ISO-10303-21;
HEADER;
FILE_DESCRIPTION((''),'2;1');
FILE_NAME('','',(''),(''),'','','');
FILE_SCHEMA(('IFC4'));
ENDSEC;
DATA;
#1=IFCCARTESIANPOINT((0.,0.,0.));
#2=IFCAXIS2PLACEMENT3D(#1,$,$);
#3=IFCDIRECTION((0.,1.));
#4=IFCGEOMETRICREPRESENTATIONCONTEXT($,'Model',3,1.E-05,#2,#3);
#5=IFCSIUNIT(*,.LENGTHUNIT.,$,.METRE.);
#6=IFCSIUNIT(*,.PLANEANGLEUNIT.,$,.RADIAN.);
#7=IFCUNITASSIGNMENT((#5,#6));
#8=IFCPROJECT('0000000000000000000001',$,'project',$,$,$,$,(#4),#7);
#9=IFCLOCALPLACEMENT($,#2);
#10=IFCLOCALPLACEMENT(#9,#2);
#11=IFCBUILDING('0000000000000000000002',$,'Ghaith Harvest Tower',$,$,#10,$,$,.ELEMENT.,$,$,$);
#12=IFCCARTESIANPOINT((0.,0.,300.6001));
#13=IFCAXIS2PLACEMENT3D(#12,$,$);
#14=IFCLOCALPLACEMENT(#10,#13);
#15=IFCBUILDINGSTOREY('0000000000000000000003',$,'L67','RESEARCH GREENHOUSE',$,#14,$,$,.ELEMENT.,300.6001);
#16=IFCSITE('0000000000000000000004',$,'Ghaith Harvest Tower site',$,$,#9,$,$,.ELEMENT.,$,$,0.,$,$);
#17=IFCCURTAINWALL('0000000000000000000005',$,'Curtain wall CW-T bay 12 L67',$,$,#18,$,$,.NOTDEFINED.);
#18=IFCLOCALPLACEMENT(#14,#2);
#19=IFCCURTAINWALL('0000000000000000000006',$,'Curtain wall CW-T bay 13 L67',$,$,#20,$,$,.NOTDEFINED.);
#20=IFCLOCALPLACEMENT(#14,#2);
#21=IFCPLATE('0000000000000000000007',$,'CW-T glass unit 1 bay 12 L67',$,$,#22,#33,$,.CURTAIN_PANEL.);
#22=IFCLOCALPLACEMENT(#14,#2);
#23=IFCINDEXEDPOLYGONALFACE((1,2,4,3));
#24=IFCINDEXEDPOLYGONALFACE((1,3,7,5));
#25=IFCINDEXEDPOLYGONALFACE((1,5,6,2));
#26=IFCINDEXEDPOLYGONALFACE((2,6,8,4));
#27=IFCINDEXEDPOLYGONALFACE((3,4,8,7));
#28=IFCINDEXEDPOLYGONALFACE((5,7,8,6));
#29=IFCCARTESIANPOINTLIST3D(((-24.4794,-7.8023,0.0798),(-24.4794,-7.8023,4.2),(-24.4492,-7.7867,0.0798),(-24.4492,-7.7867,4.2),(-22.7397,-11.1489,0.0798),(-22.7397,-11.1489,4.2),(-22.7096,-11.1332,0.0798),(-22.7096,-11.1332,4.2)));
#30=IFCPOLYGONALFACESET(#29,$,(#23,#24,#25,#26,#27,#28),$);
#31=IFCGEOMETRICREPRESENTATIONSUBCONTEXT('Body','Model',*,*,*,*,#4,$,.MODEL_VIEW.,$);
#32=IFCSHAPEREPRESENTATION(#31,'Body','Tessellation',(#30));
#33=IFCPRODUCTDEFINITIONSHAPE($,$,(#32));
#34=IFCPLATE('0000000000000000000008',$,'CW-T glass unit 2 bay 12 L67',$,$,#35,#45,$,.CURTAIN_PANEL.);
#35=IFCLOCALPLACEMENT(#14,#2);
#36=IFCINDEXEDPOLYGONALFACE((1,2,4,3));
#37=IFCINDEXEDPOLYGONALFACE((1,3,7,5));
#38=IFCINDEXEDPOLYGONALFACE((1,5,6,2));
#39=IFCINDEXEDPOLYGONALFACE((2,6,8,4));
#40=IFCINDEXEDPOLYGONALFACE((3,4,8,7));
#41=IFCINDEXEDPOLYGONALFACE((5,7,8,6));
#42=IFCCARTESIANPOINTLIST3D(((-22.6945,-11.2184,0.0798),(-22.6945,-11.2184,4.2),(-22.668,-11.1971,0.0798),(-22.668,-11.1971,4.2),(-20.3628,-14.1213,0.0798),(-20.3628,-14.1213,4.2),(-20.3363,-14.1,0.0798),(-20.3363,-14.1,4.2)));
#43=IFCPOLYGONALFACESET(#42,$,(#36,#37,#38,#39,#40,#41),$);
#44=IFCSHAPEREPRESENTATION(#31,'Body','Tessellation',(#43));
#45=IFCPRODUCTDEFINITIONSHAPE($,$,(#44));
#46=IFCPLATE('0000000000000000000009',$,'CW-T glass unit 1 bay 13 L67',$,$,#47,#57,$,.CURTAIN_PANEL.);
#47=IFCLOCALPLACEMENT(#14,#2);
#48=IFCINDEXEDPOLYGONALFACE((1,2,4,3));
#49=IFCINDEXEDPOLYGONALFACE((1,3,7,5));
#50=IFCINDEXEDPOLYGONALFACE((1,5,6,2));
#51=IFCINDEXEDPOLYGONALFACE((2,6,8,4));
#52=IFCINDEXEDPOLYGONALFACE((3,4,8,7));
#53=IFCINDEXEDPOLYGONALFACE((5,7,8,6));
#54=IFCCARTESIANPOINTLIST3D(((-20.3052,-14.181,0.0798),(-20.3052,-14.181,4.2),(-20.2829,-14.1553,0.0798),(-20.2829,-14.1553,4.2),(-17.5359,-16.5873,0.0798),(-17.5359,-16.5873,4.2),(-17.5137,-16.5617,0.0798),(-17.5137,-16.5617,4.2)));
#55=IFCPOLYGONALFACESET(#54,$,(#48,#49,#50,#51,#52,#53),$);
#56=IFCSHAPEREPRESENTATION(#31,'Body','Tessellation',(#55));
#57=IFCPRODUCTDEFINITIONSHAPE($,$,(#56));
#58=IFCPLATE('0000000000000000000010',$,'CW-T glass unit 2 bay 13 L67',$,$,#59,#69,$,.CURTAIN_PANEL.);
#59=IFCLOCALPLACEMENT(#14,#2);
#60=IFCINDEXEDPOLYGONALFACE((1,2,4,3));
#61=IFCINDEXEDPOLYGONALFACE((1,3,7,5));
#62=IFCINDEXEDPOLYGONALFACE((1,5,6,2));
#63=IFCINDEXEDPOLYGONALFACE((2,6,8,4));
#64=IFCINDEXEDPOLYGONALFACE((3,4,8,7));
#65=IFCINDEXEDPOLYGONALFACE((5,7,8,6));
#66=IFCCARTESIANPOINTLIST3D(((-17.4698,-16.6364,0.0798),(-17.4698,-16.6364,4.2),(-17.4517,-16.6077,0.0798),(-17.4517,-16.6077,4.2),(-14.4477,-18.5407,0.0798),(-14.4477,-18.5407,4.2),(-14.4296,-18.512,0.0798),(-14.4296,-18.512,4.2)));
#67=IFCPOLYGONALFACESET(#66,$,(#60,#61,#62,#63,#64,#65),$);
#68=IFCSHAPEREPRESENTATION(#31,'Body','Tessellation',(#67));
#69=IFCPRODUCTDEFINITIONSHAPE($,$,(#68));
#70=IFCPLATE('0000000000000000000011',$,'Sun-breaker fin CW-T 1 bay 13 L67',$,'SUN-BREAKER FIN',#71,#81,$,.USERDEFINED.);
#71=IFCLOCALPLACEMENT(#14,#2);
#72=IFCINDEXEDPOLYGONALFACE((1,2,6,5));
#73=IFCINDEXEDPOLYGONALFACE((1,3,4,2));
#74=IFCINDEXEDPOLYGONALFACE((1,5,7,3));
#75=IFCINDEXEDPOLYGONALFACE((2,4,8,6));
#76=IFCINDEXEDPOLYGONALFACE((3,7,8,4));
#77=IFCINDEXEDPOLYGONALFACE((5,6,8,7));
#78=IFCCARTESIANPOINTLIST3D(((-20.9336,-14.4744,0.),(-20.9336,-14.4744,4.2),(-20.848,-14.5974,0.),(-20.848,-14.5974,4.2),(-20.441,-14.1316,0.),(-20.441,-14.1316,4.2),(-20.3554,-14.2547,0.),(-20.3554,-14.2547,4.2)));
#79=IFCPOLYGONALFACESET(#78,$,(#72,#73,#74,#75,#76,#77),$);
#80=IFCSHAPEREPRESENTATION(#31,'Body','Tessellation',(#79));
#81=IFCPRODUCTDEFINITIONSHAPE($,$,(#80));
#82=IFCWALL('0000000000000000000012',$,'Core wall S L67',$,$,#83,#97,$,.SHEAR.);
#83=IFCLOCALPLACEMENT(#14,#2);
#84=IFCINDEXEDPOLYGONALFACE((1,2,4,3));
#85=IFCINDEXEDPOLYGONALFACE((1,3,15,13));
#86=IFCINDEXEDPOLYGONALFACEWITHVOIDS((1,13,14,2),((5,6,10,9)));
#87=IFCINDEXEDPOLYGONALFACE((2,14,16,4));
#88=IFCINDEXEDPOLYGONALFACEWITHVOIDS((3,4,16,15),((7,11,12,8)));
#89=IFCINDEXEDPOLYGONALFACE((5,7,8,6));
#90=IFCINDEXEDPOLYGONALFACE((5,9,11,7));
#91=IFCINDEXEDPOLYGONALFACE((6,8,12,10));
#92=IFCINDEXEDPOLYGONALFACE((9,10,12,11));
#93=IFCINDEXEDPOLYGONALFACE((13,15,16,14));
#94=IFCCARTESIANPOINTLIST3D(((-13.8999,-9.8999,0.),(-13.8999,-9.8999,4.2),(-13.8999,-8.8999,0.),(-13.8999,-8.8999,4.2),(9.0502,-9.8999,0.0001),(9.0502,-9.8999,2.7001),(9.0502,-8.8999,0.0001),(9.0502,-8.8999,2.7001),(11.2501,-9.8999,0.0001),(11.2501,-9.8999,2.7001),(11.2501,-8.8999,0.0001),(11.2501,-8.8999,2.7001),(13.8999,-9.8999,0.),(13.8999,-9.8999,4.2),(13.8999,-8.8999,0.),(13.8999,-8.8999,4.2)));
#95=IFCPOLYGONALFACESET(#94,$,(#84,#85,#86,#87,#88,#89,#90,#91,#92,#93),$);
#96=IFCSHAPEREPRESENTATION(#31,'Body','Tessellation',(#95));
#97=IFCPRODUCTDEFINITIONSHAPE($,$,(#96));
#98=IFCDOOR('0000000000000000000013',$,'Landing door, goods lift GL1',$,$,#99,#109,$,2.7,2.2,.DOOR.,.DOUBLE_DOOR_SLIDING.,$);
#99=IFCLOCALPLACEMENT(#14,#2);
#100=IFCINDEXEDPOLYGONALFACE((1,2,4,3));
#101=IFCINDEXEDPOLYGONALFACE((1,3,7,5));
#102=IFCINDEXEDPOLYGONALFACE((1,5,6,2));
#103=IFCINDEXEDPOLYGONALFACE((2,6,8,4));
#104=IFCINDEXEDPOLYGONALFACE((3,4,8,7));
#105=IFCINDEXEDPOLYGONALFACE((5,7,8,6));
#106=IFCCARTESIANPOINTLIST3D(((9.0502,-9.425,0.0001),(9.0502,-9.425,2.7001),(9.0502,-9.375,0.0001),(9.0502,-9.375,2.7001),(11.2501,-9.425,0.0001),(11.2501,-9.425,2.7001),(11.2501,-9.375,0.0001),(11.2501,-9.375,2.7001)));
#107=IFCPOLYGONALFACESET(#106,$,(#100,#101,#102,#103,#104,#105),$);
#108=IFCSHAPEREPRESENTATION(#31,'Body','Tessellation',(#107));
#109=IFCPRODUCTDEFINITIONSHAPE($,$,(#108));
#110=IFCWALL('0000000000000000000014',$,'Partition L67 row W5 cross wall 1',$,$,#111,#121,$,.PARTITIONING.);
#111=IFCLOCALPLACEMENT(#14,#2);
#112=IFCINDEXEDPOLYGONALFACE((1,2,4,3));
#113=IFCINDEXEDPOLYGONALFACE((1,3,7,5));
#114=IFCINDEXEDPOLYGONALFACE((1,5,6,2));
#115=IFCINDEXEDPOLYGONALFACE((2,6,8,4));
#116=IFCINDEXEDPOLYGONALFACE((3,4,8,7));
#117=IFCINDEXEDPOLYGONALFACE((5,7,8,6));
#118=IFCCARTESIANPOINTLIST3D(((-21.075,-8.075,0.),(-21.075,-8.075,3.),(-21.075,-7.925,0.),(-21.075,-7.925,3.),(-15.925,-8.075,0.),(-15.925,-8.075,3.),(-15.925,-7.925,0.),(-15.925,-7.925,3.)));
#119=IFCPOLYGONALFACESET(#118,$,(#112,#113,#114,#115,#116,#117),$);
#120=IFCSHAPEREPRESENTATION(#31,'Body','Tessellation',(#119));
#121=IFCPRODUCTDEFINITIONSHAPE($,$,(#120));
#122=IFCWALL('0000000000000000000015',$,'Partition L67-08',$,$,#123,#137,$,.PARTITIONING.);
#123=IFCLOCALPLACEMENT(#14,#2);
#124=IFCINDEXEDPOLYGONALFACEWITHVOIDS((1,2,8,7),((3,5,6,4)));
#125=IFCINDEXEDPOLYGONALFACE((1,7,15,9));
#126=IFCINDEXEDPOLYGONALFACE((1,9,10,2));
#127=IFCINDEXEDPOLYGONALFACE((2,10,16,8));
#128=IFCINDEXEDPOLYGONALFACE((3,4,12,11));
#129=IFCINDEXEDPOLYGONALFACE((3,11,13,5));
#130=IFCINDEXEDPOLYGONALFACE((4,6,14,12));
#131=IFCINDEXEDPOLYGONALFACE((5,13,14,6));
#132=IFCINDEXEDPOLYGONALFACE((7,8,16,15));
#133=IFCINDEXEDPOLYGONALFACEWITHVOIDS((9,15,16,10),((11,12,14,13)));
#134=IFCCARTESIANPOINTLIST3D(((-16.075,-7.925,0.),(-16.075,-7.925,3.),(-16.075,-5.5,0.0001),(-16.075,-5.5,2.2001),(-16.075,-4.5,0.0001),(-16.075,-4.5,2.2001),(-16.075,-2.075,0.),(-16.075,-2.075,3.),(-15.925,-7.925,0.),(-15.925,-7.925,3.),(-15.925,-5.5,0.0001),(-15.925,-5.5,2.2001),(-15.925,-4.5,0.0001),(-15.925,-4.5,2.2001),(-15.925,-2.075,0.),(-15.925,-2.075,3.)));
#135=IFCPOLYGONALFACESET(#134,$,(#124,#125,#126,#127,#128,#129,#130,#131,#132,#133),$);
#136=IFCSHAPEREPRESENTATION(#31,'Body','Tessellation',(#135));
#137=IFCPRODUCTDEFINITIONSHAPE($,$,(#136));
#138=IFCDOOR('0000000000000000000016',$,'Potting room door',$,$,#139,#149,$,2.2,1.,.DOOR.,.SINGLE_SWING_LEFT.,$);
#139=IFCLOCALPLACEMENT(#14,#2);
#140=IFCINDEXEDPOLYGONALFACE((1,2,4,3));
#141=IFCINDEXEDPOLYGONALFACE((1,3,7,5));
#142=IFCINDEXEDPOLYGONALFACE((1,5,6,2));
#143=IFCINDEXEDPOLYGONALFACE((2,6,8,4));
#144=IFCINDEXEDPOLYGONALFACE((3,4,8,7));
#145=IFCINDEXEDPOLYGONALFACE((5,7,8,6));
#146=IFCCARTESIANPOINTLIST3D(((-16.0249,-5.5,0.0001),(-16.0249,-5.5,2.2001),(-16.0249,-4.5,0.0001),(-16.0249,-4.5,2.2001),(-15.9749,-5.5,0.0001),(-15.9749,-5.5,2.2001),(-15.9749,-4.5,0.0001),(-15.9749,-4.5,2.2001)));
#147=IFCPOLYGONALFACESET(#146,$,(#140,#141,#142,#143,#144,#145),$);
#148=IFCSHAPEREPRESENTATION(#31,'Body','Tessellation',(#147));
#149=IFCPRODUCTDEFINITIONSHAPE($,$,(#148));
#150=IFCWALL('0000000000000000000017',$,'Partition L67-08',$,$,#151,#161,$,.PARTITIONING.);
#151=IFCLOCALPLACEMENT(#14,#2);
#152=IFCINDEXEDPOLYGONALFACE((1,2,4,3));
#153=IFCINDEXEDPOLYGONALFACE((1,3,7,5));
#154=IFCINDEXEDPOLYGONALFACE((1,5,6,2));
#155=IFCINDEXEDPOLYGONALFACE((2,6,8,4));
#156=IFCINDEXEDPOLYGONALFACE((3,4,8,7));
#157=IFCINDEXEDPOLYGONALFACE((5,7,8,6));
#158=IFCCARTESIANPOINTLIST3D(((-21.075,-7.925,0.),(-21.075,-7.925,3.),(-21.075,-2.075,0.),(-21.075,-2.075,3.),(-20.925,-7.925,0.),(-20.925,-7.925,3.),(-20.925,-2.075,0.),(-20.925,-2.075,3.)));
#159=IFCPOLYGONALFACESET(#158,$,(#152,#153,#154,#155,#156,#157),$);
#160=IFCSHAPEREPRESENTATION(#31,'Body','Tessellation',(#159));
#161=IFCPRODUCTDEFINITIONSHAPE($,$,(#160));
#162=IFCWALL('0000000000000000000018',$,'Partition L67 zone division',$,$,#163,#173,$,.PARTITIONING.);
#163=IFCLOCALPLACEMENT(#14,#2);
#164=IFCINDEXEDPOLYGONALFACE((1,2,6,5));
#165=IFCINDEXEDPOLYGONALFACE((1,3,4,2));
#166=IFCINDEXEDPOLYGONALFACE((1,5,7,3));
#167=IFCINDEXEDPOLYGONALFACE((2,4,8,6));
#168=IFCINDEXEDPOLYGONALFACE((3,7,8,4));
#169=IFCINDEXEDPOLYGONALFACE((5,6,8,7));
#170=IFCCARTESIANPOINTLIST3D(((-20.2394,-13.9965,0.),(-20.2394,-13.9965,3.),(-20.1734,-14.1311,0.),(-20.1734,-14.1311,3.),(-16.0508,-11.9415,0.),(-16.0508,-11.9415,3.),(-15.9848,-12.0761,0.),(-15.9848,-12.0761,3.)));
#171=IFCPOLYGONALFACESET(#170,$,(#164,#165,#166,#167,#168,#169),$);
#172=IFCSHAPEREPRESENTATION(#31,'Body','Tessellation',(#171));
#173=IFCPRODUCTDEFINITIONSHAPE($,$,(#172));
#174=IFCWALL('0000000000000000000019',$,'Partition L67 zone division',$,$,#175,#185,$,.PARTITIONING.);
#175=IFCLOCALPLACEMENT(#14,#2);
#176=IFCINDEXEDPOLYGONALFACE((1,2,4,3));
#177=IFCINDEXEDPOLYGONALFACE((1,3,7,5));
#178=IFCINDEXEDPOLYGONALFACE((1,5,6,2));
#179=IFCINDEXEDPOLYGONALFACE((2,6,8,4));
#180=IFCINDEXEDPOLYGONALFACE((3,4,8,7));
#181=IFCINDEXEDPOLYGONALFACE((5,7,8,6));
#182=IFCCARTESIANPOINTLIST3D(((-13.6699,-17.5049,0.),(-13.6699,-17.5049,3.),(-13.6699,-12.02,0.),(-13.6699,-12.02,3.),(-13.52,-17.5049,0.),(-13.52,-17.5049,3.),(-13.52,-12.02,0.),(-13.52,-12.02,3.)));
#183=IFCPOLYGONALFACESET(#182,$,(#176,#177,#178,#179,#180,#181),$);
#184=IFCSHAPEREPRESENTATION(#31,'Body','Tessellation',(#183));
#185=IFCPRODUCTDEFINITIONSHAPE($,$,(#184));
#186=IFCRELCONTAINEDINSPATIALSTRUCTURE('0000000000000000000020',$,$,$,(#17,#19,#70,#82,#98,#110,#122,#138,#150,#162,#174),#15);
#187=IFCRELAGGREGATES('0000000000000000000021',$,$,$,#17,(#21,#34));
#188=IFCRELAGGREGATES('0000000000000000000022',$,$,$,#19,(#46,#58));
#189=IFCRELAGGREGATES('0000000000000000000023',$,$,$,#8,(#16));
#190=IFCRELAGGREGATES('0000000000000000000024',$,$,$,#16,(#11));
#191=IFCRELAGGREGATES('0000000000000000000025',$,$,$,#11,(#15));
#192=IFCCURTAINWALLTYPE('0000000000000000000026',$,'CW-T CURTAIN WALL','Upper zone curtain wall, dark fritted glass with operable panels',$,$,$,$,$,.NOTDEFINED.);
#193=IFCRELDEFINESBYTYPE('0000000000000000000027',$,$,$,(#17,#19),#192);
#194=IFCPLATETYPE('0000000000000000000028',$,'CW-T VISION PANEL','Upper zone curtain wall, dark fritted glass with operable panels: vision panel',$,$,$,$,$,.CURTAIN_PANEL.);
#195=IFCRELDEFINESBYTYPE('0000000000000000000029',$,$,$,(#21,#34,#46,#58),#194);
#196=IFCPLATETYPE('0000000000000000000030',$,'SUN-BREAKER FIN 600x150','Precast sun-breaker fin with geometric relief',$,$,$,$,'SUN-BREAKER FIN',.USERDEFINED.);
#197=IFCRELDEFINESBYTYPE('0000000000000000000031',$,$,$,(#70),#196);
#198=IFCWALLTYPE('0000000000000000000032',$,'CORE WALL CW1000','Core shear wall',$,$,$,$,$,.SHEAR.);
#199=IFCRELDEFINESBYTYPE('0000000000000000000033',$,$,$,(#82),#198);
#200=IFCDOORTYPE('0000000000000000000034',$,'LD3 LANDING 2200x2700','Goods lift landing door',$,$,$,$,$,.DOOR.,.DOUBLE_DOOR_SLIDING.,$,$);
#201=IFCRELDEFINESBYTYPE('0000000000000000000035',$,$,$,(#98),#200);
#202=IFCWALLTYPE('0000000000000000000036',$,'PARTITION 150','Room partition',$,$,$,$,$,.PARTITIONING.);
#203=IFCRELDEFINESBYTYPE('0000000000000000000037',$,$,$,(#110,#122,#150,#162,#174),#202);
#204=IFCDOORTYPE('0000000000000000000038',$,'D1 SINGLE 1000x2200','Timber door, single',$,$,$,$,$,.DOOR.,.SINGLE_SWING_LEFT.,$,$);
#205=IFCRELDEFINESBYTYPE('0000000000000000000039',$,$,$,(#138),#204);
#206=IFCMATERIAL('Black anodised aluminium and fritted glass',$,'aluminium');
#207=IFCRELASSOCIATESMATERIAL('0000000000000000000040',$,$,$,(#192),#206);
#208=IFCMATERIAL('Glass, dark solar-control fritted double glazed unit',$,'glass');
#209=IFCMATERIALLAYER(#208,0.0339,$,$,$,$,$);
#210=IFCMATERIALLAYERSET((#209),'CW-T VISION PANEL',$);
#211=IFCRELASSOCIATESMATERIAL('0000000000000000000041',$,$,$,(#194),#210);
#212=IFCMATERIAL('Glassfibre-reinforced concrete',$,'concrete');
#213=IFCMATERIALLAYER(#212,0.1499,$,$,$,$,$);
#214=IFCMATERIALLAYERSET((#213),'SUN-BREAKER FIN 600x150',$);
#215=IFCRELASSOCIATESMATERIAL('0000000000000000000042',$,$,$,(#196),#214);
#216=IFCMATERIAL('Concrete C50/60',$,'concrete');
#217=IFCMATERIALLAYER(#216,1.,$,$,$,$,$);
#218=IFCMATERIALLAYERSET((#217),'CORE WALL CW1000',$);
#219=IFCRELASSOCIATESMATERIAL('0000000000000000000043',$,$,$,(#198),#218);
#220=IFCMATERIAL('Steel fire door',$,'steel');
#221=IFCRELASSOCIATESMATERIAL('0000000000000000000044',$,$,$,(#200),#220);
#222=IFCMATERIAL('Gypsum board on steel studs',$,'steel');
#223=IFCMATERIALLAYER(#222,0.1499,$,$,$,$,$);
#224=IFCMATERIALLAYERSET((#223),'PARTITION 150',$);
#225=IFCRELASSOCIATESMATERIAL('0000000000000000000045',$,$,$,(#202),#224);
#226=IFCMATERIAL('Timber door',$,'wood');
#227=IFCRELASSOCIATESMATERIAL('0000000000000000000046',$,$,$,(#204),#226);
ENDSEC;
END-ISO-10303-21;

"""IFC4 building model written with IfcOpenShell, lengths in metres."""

from ifc_helpers import new_model, si_unit, direction, frame, frame_2d, origin, origin_2d, place, context, subcontext, project, spatial, rectangle, extrude, material, layer, layer_set, type_object, element, fill, aggregate, save


model = new_model("IFC4")

# Units and contexts
model_context = context("Model", 3, precision=1e-05, world=origin(), true_north=direction((0.0, 1.0)))
body_context = subcontext(model_context, "Body", "Model", "MODEL_VIEW")
ifc_project = project(units=[si_unit("LENGTHUNIT", "METRE"), si_unit("PLANEANGLEUNIT", "RADIAN")], contexts=[model_context])

# Site, building, storey
site_placement = place(None, origin())
site = spatial("IfcSite", under=ifc_project, at=site_placement, Name="Ghaith Harvest Tower site", CompositionType="ELEMENT", RefElevation=0.0)
building_placement = place(site_placement, origin())
building = spatial("IfcBuilding", under=site, at=building_placement, Name="Ghaith Harvest Tower", CompositionType="ELEMENT")
storey_placement = place(building_placement, frame((0.0, 0.0, 300.6001)))
storey = spatial("IfcBuildingStorey", under=building, at=storey_placement, Name="L67", Description="RESEARCH GREENHOUSE", CompositionType="ELEMENT", Elevation=300.6001)

# Curtain wall
ifc_material_1 = material(Name="Black anodised aluminium and fritted glass", Category="aluminium")
curtain_wall_type = type_object("IfcCurtainWallType", Name="CW-T CURTAIN WALL", Description="Upper zone curtain wall, dark fritted glass with operable panels", PredefinedType="NOTDEFINED", material=ifc_material_1)
curtain_wall_1_placement = place(storey_placement, origin())
curtain_wall_1 = element("IfcCurtainWall", 1, at=curtain_wall_1_placement, inside=storey, type_object=curtain_wall_type, Name="Curtain wall CW-T bay 12 L67", PredefinedType="NOTDEFINED")

# Curtain wall
curtain_wall_2_placement = place(storey_placement, origin())
curtain_wall_2 = element("IfcCurtainWall", 2, at=curtain_wall_2_placement, inside=storey, type_object=curtain_wall_type, Name="Curtain wall CW-T bay 13 L67", PredefinedType="NOTDEFINED")

# Plates
ifc_material_2 = material(Name="Glass, dark solar-control fritted double glazed unit", Category="glass")
ifc_layer_1 = layer(ifc_material_2, 0.0339)
ifc_layer_set_1 = layer_set([ifc_layer_1], Name="CW-T VISION PANEL")
plate_type_1 = type_object("IfcPlateType", Name="CW-T VISION PANEL", Description="Upper zone curtain wall, dark fritted glass with operable panels: vision panel", PredefinedType="CURTAIN_PANEL", material=ifc_layer_set_1)
plate_1_placement = place(storey_placement, frame((-23.5945, -9.4678, 0.0798), z_axis=(0.0, 0.0, 1.0), x_axis=(0.46123, -0.887281, 0.0)))
plate_1 = element("IfcPlate", 3, at=plate_1_placement, type_object=plate_type_1, Name="CW-T glass unit 1 bay 12 L67", PredefinedType="CURTAIN_PANEL", context=body_context, shape_type="SweptSolid", body=[
    extrude(rectangle(XDim=3.7717, YDim=0.0339, at=origin_2d()), origin(), (0.0, 0.0, 1.0), 4.1201),
])
plate_2_placement = place(storey_placement, frame((-21.5154, -12.6592, 0.0798), z_axis=(0.0, 0.0, 1.0), x_axis=(0.62623, -0.779639, 0.0)))
plate_2 = element("IfcPlate", 4, at=plate_2_placement, type_object=plate_type_1, Name="CW-T glass unit 2 bay 12 L67", PredefinedType="CURTAIN_PANEL", context=body_context, shape_type="SweptSolid", body=[
    extrude(rectangle(XDim=3.7234, YDim=0.0339, at=origin_2d()), origin(), (0.0, 0.0, 1.0), 4.1201),
])
aggregate(curtain_wall_1, [plate_1, plate_2])
plate_3_placement = place(storey_placement, frame((-18.9094, -15.3713, 0.0798), z_axis=(0.0, 0.0, 1.0), x_axis=(0.754829, -0.655922, 0.0)))
plate_3 = element("IfcPlate", 5, at=plate_3_placement, type_object=plate_type_1, Name="CW-T glass unit 1 bay 13 L67", PredefinedType="CURTAIN_PANEL", context=body_context, shape_type="SweptSolid", body=[
    extrude(rectangle(XDim=3.6687, YDim=0.0339, at=origin_2d()), origin(), (0.0, 0.0, 1.0), 4.1201),
])
plate_4_placement = place(storey_placement, frame((-15.9497, -17.5742, 0.0798), z_axis=(0.0, 0.0, 1.0), x_axis=(0.846043, -0.533114, 0.0)))
plate_4 = element("IfcPlate", 6, at=plate_4_placement, type_object=plate_type_1, Name="CW-T glass unit 2 bay 13 L67", PredefinedType="CURTAIN_PANEL", context=body_context, shape_type="SweptSolid", body=[
    extrude(rectangle(XDim=3.572, YDim=0.0339, at=origin_2d()), origin(), (0.0, 0.0, 1.0), 4.1201),
])
aggregate(curtain_wall_2, [plate_3, plate_4])
ifc_material_3 = material(Name="Glassfibre-reinforced concrete", Category="concrete")
ifc_layer_2 = layer(ifc_material_3, 0.1499)
ifc_layer_set_2 = layer_set([ifc_layer_2], Name="SUN-BREAKER FIN 600x150")
plate_type_2 = type_object("IfcPlateType", Name="SUN-BREAKER FIN 600x150", Description="Precast sun-breaker fin with geometric relief", ElementType="SUN-BREAKER FIN", PredefinedType="USERDEFINED", material=ifc_layer_set_2)
plate_5_placement = place(storey_placement, frame((-20.6445, -14.3645, 0.0), z_axis=(0.0, 0.0, 1.0), x_axis=(-0.820845, -0.57115, 0.0)))
element("IfcPlate", 7, at=plate_5_placement, inside=storey, type_object=plate_type_2, Name="Sun-breaker fin CW-T 1 bay 13 L67", ObjectType="SUN-BREAKER FIN", PredefinedType="USERDEFINED", context=body_context, shape_type="SweptSolid", body=[
    extrude(rectangle(XDim=0.6001, YDim=0.1499, at=origin_2d()), origin(), (0.0, 0.0, 1.0), 4.2),
])

# Wall, opening, door
ifc_material_4 = material(Name="Concrete C50/60", Category="concrete")
ifc_layer_3 = layer(ifc_material_4, 1.0)
ifc_layer_set_3 = layer_set([ifc_layer_3], Name="CORE WALL CW1000")
wall_type_1 = type_object("IfcWallType", Name="CORE WALL CW1000", Description="Core shear wall", PredefinedType="SHEAR", material=ifc_layer_set_3)
wall_1_placement = place(storey_placement, frame((-13.8999, -9.3999, 0.0), z_axis=(0.0, 0.0, 1.0), x_axis=(1.0, 0.0, 0.0)))
wall_1 = element("IfcWall", 8, at=wall_1_placement, inside=storey, type_object=wall_type_1, Name="Core wall S L67", PredefinedType="SHEAR", context=body_context, shape_type="SweptSolid", body=[
    extrude(rectangle(XDim=27.7998, YDim=1.0, at=frame_2d((13.8999, 0.0))), origin(), (0.0, 0.0, 1.0), 4.2),
])
opening_1_placement = place(wall_1_placement, frame((22.95, 0.0, 0.0)))
opening_1 = element("IfcOpeningElement", 9, at=opening_1_placement, cuts=wall_1, PredefinedType="OPENING", context=body_context, shape_type="SweptSolid", body=[
    extrude(rectangle(XDim=2.2, YDim=2.7, at=frame_2d((1.1001, 1.3501))), frame((0.0, 0.51, 0.0), z_axis=(0.0, -1.0, 0.0), x_axis=(1.0, 0.0, 0.0)), (0.0, 0.0, 1.0), 1.02),
])
ifc_material_5 = material(Name="Steel fire door", Category="steel")
door_type_1 = type_object("IfcDoorType", Name="LD3 LANDING 2200x2700", Description="Goods lift landing door", OperationType="DOUBLE_DOOR_SLIDING", PredefinedType="DOOR", material=ifc_material_5)
door_1_placement = place(opening_1_placement, origin())
door_1 = element("IfcDoor", 10, at=door_1_placement, inside=storey, type_object=door_type_1, Name="Landing door, goods lift GL1", OperationType="DOUBLE_DOOR_SLIDING", OverallHeight=2.7, OverallWidth=2.2, PredefinedType="DOOR", context=body_context, shape_type="SweptSolid", body=[
    extrude(rectangle(XDim=2.2, YDim=2.7, at=frame_2d((1.1001, 1.3501))), frame((0.0, 0.0249, 0.0), z_axis=(0.0, -1.0, 0.0), x_axis=(1.0, 0.0, 0.0)), (0.0, 0.0, 1.0), 0.05),
])
fill(opening_1, door_1)

# Wall
ifc_material_6 = material(Name="Gypsum board on steel studs", Category="steel")
ifc_layer_4 = layer(ifc_material_6, 0.1499)
ifc_layer_set_4 = layer_set([ifc_layer_4], Name="PARTITION 150")
wall_type_2 = type_object("IfcWallType", Name="PARTITION 150", Description="Room partition", PredefinedType="PARTITIONING", material=ifc_layer_set_4)
wall_2_placement = place(storey_placement, frame((-15.925, -8.0, 0.0), z_axis=(0.0, 0.0, 1.0), x_axis=(-1.0, 0.0, 0.0)))
element("IfcWall", 11, at=wall_2_placement, inside=storey, type_object=wall_type_2, Name="Partition L67 row W5 cross wall 1", PredefinedType="PARTITIONING", context=body_context, shape_type="SweptSolid", body=[
    extrude(rectangle(XDim=5.1499, YDim=0.1499, at=frame_2d((2.575, 0.0))), origin(), (0.0, 0.0, 1.0), 3.0),
])

# Wall, opening, door
wall_3_placement = place(storey_placement, frame((-16.0, -7.925, 0.0), z_axis=(0.0, 0.0, 1.0), x_axis=(0.0, 1.0, 0.0)))
wall_3 = element("IfcWall", 12, at=wall_3_placement, inside=storey, type_object=wall_type_2, Name="Partition L67-08", PredefinedType="PARTITIONING", context=body_context, shape_type="SweptSolid", body=[
    extrude(rectangle(XDim=5.8501, YDim=0.1499, at=frame_2d((2.925, 0.0))), origin(), (0.0, 0.0, 1.0), 3.0),
])
opening_2_placement = place(wall_3_placement, frame((2.425, 0.0, 0.0)))
opening_2 = element("IfcOpeningElement", 13, at=opening_2_placement, cuts=wall_3, PredefinedType="OPENING", context=body_context, shape_type="SweptSolid", body=[
    extrude(rectangle(XDim=1.0, YDim=2.2, at=frame_2d((0.5, 1.1001))), frame((0.0, 0.085, 0.0), z_axis=(0.0, -1.0, 0.0), x_axis=(1.0, 0.0, 0.0)), (0.0, 0.0, 1.0), 0.1699),
])
ifc_material_7 = material(Name="Timber door", Category="wood")
door_type_2 = type_object("IfcDoorType", Name="D1 SINGLE 1000x2200", Description="Timber door, single", OperationType="SINGLE_SWING_LEFT", PredefinedType="DOOR", material=ifc_material_7)
door_2_placement = place(opening_2_placement, origin())
door_2 = element("IfcDoor", 14, at=door_2_placement, inside=storey, type_object=door_type_2, Name="Potting room door", OperationType="SINGLE_SWING_LEFT", OverallHeight=2.2, OverallWidth=1.0, PredefinedType="DOOR", context=body_context, shape_type="SweptSolid", body=[
    extrude(rectangle(XDim=1.0, YDim=2.2, at=frame_2d((0.5, 1.1001))), frame((0.0, 0.0249, 0.0), z_axis=(0.0, -1.0, 0.0), x_axis=(1.0, 0.0, 0.0)), (0.0, 0.0, 1.0), 0.05),
])
fill(opening_2, door_2)

# Walls
wall_4_placement = place(storey_placement, frame((-21.0, -7.925, 0.0), z_axis=(0.0, 0.0, 1.0), x_axis=(0.0, 1.0, 0.0)))
element("IfcWall", 15, at=wall_4_placement, inside=storey, type_object=wall_type_2, Name="Partition L67-08", PredefinedType="PARTITIONING", context=body_context, shape_type="SweptSolid", body=[
    extrude(rectangle(XDim=5.8501, YDim=0.1499, at=frame_2d((2.925, 0.0))), origin(), (0.0, 0.0, 1.0), 3.0),
])
wall_5_placement = place(storey_placement, frame((-16.0178, -12.0088, 0.0), z_axis=(0.0, 0.0, 1.0), x_axis=(-0.897772, -0.440461, 0.0)))
element("IfcWall", 16, at=wall_5_placement, inside=storey, type_object=wall_type_2, Name="Partition L67 zone division", PredefinedType="PARTITIONING", context=body_context, shape_type="SweptSolid", body=[
    extrude(rectangle(XDim=4.6655, YDim=0.1499, at=frame_2d((2.3328, 0.0))), origin(), (0.0, 0.0, 1.0), 3.0),
])
wall_6_placement = place(storey_placement, frame((-13.595, -12.02, 0.0), z_axis=(0.0, 0.0, 1.0), x_axis=(0.0, -1.0, 0.0)))
element("IfcWall", 17, at=wall_6_placement, inside=storey, type_object=wall_type_2, Name="Partition L67 zone division", PredefinedType="PARTITIONING", context=body_context, shape_type="SweptSolid", body=[
    extrude(rectangle(XDim=5.4849, YDim=0.1499, at=frame_2d((2.7424, 0.0))), origin(), (0.0, 0.0, 1.0), 3.0),
])

save(model, "model.ifc")
